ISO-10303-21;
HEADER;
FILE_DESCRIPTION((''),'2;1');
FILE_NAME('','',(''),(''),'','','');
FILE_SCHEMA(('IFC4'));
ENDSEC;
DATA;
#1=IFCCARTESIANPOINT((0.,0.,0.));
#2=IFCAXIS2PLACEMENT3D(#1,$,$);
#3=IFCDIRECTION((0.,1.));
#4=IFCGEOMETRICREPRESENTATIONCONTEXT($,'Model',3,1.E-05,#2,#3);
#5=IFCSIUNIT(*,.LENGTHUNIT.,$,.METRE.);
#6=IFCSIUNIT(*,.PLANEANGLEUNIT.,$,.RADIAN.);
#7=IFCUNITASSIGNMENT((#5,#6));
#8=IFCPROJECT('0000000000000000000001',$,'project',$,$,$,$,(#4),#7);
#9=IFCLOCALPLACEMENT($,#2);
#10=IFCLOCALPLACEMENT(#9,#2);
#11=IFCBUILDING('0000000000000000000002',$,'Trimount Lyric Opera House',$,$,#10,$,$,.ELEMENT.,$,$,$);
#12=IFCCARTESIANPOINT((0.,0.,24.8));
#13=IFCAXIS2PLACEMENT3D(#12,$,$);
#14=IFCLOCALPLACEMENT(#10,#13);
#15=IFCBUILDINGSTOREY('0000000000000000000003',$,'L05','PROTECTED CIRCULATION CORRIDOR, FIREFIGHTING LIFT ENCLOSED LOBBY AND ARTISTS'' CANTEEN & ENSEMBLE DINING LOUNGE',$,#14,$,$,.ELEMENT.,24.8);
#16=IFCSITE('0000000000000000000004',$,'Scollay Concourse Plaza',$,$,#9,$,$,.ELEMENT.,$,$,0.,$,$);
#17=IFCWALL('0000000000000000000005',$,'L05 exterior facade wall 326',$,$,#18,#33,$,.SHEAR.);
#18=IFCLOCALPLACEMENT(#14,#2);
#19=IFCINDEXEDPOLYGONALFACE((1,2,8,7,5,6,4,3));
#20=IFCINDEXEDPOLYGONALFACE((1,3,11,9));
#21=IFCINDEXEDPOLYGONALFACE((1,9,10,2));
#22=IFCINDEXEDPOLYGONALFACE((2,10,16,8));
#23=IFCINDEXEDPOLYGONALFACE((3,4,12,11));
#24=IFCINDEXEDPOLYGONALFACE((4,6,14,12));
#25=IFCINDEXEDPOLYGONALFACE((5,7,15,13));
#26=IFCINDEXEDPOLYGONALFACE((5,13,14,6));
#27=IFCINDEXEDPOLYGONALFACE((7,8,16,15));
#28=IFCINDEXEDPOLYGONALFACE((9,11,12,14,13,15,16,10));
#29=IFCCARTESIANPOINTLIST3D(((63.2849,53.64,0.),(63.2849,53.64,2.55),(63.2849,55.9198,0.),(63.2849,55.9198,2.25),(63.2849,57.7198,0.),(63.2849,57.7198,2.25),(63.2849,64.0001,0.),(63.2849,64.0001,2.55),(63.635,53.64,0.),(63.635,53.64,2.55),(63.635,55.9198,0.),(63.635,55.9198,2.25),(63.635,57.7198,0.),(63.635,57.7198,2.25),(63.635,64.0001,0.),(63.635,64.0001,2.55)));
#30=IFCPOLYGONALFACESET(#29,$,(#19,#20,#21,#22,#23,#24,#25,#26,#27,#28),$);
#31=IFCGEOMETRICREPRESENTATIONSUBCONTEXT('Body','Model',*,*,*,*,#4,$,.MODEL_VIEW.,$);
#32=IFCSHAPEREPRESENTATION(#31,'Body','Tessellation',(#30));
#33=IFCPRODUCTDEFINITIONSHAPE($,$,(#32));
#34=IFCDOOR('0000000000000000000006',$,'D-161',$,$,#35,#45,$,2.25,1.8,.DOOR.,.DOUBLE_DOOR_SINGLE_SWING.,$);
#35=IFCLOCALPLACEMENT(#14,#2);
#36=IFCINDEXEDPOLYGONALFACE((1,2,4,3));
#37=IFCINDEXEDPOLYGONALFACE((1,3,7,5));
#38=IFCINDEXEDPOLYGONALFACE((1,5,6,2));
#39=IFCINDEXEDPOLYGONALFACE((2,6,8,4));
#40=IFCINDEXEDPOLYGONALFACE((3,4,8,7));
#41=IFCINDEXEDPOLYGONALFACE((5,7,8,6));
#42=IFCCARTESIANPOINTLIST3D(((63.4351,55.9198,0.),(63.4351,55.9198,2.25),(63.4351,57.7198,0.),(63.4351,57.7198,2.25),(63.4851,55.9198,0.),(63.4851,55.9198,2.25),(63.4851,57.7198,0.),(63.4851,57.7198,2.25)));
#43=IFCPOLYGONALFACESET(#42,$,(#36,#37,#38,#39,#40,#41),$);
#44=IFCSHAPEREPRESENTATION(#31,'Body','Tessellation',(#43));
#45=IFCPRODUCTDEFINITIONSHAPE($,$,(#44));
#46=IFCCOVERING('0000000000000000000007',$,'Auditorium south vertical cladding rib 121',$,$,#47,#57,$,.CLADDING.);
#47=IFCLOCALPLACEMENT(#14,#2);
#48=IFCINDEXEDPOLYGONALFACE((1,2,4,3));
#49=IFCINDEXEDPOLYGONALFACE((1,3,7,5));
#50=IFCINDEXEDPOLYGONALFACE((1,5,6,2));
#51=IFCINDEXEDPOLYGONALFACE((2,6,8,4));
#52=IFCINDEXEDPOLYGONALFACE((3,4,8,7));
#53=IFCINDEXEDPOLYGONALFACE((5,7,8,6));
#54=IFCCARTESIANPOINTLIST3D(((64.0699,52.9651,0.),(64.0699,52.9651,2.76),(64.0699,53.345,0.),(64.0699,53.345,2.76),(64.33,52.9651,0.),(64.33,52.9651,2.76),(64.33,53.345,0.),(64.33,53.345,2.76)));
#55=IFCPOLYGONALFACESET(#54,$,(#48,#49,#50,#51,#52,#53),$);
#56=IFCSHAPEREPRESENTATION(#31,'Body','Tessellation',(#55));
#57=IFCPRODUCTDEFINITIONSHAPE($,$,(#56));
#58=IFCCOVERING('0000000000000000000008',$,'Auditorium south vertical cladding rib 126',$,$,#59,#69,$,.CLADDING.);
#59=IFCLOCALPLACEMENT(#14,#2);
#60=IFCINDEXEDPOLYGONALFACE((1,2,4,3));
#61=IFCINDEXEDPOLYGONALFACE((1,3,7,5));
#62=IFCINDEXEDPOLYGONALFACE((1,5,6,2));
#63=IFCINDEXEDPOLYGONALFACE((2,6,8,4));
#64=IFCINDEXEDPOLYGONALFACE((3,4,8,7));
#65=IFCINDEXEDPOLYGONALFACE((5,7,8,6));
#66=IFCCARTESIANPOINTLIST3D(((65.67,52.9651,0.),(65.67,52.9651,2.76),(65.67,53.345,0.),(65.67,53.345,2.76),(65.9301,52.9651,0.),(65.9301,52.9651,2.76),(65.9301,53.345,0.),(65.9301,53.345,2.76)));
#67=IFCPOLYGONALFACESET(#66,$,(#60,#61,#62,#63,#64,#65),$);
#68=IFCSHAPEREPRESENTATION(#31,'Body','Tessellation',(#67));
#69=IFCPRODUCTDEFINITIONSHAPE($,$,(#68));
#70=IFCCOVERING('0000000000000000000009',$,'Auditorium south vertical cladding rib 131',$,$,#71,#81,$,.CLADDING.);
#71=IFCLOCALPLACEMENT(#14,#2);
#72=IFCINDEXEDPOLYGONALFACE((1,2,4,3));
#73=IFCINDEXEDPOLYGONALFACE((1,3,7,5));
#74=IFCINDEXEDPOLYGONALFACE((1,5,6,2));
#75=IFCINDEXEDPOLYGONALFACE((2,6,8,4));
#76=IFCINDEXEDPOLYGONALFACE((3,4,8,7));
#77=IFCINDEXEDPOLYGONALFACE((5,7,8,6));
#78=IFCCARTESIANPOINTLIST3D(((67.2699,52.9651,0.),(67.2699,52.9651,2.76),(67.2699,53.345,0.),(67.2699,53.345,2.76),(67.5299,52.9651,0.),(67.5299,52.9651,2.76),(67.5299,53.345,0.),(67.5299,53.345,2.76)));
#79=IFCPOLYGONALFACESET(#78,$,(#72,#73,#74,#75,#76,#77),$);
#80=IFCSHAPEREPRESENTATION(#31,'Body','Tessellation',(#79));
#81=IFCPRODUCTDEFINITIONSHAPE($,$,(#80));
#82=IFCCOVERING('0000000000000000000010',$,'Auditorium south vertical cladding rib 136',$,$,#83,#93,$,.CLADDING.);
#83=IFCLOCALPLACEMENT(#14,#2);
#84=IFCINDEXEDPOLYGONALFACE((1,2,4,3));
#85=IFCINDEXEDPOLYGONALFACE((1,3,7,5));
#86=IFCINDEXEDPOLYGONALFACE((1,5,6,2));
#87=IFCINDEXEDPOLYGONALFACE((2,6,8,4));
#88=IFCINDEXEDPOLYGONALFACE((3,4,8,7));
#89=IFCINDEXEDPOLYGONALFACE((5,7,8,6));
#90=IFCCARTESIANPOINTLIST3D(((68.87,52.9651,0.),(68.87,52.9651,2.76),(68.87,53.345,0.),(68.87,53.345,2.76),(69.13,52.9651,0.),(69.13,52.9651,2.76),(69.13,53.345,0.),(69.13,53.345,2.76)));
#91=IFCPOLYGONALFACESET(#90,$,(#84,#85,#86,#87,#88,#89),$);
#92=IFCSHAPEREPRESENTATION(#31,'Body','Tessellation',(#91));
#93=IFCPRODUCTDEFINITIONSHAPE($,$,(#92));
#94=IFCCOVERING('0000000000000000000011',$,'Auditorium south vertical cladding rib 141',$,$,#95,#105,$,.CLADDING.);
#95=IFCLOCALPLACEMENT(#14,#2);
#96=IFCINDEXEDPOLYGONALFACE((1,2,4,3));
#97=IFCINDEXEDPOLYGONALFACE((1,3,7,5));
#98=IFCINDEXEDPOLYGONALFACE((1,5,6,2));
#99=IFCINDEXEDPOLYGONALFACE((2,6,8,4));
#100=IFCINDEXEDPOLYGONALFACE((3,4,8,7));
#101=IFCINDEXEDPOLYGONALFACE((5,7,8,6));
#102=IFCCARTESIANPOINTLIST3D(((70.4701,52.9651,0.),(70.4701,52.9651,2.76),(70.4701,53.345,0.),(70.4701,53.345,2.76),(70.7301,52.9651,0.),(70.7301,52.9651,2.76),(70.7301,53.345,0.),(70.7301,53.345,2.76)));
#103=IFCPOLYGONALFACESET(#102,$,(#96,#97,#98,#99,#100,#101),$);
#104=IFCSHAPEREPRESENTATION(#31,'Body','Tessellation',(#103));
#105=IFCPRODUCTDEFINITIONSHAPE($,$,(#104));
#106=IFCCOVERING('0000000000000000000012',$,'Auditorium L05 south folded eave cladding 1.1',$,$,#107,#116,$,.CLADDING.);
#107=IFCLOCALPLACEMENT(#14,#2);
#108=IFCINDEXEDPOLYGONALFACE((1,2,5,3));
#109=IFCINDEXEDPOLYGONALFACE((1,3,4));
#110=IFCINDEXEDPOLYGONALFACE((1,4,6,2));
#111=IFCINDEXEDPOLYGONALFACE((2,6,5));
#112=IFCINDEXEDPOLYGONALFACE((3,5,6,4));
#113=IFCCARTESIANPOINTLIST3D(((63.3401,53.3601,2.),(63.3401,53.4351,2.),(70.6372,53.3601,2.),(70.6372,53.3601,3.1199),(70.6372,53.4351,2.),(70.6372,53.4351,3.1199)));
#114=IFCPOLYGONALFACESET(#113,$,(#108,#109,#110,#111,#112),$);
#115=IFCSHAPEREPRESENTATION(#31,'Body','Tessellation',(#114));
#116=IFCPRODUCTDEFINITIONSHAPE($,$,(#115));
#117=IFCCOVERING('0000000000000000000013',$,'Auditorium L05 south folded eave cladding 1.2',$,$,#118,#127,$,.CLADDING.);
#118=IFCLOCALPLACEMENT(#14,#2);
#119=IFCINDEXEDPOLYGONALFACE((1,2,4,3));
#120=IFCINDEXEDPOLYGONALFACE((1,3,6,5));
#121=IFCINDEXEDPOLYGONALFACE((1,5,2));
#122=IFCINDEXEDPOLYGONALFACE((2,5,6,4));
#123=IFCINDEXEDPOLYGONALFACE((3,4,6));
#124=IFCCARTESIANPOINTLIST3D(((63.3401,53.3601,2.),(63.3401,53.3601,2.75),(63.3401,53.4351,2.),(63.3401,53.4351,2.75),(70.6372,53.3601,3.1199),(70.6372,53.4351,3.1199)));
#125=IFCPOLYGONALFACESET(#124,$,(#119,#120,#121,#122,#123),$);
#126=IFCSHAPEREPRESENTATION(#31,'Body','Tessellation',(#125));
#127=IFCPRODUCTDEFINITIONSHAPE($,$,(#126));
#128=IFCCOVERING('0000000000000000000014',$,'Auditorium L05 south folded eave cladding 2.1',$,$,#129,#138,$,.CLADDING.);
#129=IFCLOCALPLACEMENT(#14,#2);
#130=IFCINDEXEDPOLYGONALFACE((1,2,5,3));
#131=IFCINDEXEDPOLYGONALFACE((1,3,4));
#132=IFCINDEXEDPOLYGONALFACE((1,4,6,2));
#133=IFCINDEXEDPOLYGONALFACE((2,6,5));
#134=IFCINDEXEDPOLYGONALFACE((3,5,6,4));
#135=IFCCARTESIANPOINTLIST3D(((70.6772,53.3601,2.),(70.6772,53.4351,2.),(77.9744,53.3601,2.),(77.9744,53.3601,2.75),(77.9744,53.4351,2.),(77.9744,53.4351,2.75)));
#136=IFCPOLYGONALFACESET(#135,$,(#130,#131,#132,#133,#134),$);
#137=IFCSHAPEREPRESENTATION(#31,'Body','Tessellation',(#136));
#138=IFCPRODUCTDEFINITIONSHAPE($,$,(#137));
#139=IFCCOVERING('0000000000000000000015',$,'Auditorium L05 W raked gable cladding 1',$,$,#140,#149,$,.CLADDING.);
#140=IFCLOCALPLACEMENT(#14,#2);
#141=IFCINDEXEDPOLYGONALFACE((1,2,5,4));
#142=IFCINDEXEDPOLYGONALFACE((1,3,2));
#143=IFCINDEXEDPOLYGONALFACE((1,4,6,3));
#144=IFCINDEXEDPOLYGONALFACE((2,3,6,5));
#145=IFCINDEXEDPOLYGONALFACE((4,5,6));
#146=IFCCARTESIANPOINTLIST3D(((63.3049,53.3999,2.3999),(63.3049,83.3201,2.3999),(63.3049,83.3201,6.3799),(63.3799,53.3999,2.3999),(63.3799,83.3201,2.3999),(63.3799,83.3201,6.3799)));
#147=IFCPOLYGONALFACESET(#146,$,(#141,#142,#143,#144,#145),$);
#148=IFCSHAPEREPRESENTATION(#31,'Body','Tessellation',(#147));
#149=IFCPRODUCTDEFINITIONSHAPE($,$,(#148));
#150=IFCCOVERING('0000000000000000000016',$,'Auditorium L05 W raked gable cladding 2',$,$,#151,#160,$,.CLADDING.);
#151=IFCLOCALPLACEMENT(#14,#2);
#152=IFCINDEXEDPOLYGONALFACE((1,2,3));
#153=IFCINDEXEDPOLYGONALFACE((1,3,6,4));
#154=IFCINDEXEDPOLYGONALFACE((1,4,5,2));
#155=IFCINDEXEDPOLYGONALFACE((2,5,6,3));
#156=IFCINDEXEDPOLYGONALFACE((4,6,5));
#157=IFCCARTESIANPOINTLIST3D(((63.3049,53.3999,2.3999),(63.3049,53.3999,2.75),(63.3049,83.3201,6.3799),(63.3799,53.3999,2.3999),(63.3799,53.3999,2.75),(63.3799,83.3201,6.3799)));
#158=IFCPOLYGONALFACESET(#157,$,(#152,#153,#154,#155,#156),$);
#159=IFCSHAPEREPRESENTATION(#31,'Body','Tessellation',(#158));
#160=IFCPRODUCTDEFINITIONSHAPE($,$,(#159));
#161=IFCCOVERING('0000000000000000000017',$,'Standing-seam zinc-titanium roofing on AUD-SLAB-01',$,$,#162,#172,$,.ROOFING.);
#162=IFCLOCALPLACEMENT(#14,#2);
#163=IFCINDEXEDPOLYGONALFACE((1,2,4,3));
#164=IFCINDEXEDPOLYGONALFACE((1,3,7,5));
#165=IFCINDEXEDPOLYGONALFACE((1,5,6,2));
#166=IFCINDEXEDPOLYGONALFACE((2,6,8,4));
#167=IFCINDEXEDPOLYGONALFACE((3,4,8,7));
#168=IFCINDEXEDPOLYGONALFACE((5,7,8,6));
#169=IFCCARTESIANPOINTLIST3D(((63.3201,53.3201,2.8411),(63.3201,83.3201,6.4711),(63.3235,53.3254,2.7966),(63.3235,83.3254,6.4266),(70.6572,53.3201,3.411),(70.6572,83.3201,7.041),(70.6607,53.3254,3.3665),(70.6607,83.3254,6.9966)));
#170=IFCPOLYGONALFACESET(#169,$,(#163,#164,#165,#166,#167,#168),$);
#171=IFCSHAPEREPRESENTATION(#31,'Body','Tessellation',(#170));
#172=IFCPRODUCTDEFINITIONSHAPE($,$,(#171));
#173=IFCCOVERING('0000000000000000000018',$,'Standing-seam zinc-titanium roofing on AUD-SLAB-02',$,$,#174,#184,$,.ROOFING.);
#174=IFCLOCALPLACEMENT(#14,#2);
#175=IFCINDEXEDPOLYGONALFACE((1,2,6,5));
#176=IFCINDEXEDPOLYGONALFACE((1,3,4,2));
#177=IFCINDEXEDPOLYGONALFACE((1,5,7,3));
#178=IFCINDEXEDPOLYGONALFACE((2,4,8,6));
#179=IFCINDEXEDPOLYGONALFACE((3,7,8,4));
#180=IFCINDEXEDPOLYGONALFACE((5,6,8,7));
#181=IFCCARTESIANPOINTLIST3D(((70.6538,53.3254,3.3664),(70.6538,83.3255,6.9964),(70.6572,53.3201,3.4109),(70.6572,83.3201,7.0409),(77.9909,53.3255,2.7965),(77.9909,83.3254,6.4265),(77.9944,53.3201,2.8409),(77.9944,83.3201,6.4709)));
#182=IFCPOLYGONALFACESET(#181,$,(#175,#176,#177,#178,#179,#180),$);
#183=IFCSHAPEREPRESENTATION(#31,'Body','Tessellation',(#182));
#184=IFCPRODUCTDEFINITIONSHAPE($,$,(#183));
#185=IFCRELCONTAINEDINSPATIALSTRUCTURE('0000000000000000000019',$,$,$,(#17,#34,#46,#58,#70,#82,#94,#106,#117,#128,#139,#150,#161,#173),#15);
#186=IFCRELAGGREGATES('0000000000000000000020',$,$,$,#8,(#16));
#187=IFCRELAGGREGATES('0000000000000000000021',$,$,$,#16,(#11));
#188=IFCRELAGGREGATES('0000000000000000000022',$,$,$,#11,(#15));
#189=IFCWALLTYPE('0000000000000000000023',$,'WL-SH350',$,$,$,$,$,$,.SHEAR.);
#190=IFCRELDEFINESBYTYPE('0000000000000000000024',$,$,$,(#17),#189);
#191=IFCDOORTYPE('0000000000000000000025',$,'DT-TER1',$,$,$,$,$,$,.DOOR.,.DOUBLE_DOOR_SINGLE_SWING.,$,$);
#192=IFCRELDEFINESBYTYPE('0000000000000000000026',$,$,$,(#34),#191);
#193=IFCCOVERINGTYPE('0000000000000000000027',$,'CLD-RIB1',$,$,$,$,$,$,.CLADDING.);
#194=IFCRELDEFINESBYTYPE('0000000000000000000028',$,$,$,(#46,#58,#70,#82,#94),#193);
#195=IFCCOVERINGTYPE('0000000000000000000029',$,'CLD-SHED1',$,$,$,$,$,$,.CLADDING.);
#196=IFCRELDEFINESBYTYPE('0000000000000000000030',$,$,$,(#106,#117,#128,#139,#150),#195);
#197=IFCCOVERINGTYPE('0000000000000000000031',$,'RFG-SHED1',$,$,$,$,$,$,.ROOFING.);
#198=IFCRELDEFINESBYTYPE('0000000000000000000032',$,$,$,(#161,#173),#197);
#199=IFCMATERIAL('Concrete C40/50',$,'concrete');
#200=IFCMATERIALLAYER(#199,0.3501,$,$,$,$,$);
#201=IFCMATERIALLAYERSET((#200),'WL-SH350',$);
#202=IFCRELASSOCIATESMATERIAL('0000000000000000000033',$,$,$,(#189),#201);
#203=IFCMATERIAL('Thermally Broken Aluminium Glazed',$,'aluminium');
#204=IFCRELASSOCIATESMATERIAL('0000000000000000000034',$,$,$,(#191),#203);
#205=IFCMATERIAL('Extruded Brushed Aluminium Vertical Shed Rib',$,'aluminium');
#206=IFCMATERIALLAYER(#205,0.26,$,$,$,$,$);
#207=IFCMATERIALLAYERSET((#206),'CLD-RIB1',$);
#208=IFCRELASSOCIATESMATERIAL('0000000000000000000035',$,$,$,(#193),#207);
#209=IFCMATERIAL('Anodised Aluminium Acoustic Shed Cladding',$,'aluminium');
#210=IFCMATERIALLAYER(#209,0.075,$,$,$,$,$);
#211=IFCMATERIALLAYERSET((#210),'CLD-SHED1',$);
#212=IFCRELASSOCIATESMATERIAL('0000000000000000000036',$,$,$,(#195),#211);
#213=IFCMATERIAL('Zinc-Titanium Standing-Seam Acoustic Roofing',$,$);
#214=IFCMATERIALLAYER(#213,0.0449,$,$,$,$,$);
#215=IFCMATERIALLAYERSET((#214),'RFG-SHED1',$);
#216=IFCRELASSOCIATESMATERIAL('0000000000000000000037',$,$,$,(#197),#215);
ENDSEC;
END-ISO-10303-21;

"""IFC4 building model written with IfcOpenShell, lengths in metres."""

from ifc_helpers import new_model, si_unit, direction, frame, frame_2d, origin, origin_2d, place, context, subcontext, project, spatial, polyline, rectangle, outline, extrude, material, layer, layer_set, type_object, element, fill, save


model = new_model("IFC4")

# Units and contexts
model_context = context("Model", 3, precision=1e-05, world=origin(), true_north=direction((0.0, 1.0)))
body_context = subcontext(model_context, "Body", "Model", "MODEL_VIEW")
ifc_project = project(units=[si_unit("LENGTHUNIT", "METRE"), si_unit("PLANEANGLEUNIT", "RADIAN")], contexts=[model_context])

# Site, building, storey
site_placement = place(None, origin())
site = spatial("IfcSite", under=ifc_project, at=site_placement, Name="Scollay Concourse Plaza", CompositionType="ELEMENT", RefElevation=0.0)
building_placement = place(site_placement, origin())
building = spatial("IfcBuilding", under=site, at=building_placement, Name="Trimount Lyric Opera House", CompositionType="ELEMENT")
storey_placement = place(building_placement, frame((0.0, 0.0, 24.8)))
storey = spatial("IfcBuildingStorey", under=building, at=storey_placement, Name="L05", Description="PROTECTED CIRCULATION CORRIDOR, FIREFIGHTING LIFT ENCLOSED LOBBY AND ARTISTS' CANTEEN & ENSEMBLE DINING LOUNGE", CompositionType="ELEMENT", Elevation=24.8)

# Shared definitions
ifc_material_1 = material(Name="Concrete C40/50", Category="concrete")
ifc_layer_1 = layer(ifc_material_1, 0.3501)
ifc_layer_set_1 = layer_set([ifc_layer_1], Name="WL-SH350")
wall_type_1 = type_object("IfcWallType", Name="WL-SH350", PredefinedType="SHEAR", material=ifc_layer_set_1)

# Wall, opening, door
wall_1_placement = place(storey_placement, frame((63.46, 53.6399, 0.0), z_axis=(0.0, 0.0, 1.0), x_axis=(0.0, 1.0, 0.0)))
wall_1 = element("IfcWall", 1, at=wall_1_placement, inside=storey, type_object=wall_type_1, Name="L05 exterior facade wall 326", PredefinedType="SHEAR", context=body_context, shape_type="SweptSolid", body=[
    extrude(rectangle(XDim=10.3601, YDim=0.3501, at=frame_2d((5.1802, 0.0))), origin(), (0.0, 0.0, 1.0), 2.55),
])
opening_placement = place(wall_1_placement, frame((2.28, 0.0, 0.0)))
opening = element("IfcOpeningElement", 2, at=opening_placement, cuts=wall_1, PredefinedType="OPENING", context=body_context, shape_type="SweptSolid", body=[
    extrude(rectangle(XDim=1.8, YDim=2.25, at=frame_2d((0.8999, 1.125))), frame((0.0, 0.1851, 0.0), z_axis=(0.0, -1.0, 0.0), x_axis=(1.0, 0.0, 0.0)), (0.0, 0.0, 1.0), 0.3701),
])
ifc_material_2 = material(Name="Thermally Broken Aluminium Glazed", Category="aluminium")
door_type = type_object("IfcDoorType", Name="DT-TER1", OperationType="DOUBLE_DOOR_SINGLE_SWING", PredefinedType="DOOR", material=ifc_material_2)
door_placement = place(opening_placement, origin())
door = element("IfcDoor", 3, at=door_placement, inside=storey, type_object=door_type, Name="D-161", OperationType="DOUBLE_DOOR_SINGLE_SWING", OverallHeight=2.25, OverallWidth=1.8, PredefinedType="DOOR", context=body_context, shape_type="SweptSolid", body=[
    extrude(rectangle(XDim=1.8, YDim=2.25, at=frame_2d((0.8999, 1.125))), frame((0.0, 0.0249, 0.0), z_axis=(0.0, -1.0, 0.0), x_axis=(1.0, 0.0, 0.0)), (0.0, 0.0, 1.0), 0.05),
])
fill(opening, door)

# Coverings
ifc_material_3 = material(Name="Extruded Brushed Aluminium Vertical Shed Rib", Category="aluminium")
ifc_layer_2 = layer(ifc_material_3, 0.26)
ifc_layer_set_2 = layer_set([ifc_layer_2], Name="CLD-RIB1")
covering_type_1 = type_object("IfcCoveringType", Name="CLD-RIB1", PredefinedType="CLADDING", material=ifc_layer_set_2)
for number, where, z_axis, x_axis, name in (
    (4, (64.2, 53.155, 0.0), (0.0, 0.0, 1.0), (1.0, 0.0, 0.0), "Auditorium south vertical cladding rib 121"),
    (5, (65.8, 53.155, 0.0), (0.0, 0.0, 1.0), (1.0, 0.0, 0.0), "Auditorium south vertical cladding rib 126"),
    (6, (67.3999, 53.155, 0.0), (0.0, 0.0, 1.0), (1.0, 0.0, 0.0), "Auditorium south vertical cladding rib 131"),
    (7, (69.0, 53.155, 0.0), (0.0, 0.0, 1.0), (1.0, 0.0, 0.0), "Auditorium south vertical cladding rib 136"),
    (8, (70.6001, 53.155, 0.0), (0.0, 0.0, 1.0), (1.0, 0.0, 0.0), "Auditorium south vertical cladding rib 141"),
):
    element("IfcCovering", number, at=place(storey_placement, frame(where, z_axis=z_axis, x_axis=x_axis)), inside=storey, type_object=covering_type_1, Name=name, PredefinedType="CLADDING", context=body_context, shape_type="SweptSolid", body=[
        extrude(rectangle(XDim=0.26, YDim=0.3799, at=origin_2d()), origin(), (0.0, 0.0, 1.0), 2.76),
    ])
ifc_material_4 = material(Name="Anodised Aluminium Acoustic Shed Cladding", Category="aluminium")
ifc_layer_3 = layer(ifc_material_4, 0.075)
ifc_layer_set_3 = layer_set([ifc_layer_3], Name="CLD-SHED1")
covering_type_2 = type_object("IfcCoveringType", Name="CLD-SHED1", PredefinedType="CLADDING", material=ifc_layer_set_3)
covering_1_placement = place(storey_placement, frame((63.3401, 53.3601, 2.0), z_axis=(0.0, -1.0, 0.0), x_axis=(1.0, 0.0, 0.0)))
element("IfcCovering", 9, at=covering_1_placement, inside=storey, type_object=covering_type_2, Name="Auditorium L05 south folded eave cladding 1.1", PredefinedType="CLADDING", context=body_context, shape_type="SweptSolid", body=[
    extrude(outline(polyline([(0.0, 0.0), (7.2971, 0.0), (7.2971, 1.1199), (0.0, 0.0)])), origin(), (0.0, 0.0, -1.0), 0.075),
])
covering_2_placement = place(storey_placement, frame((63.3401, 53.3601, 2.0), z_axis=(0.0, -1.0, 0.0), x_axis=(0.988428, 0.0, 0.151692)))
element("IfcCovering", 10, at=covering_2_placement, inside=storey, type_object=covering_type_2, Name="Auditorium L05 south folded eave cladding 1.2", PredefinedType="CLADDING", context=body_context, shape_type="SweptSolid", body=[
    extrude(outline(polyline([(0.0, 0.0), (7.3826, 0.0), (0.1138, 0.7413), (0.0, 0.0)])), origin(), (0.0, 0.0, -1.0), 0.075),
])
covering_3_placement = place(storey_placement, frame((70.6772, 53.3601, 2.0), z_axis=(0.0, -1.0, 0.0), x_axis=(1.0, 0.0, 0.0)))
element("IfcCovering", 11, at=covering_3_placement, inside=storey, type_object=covering_type_2, Name="Auditorium L05 south folded eave cladding 2.1", PredefinedType="CLADDING", context=body_context, shape_type="SweptSolid", body=[
    extrude(outline(polyline([(0.0, 0.0), (7.2971, 0.0), (7.2971, 0.75), (0.0, 0.0)])), origin(), (0.0, 0.0, -1.0), 0.075),
])
covering_4_placement = place(storey_placement, frame((63.3799, 53.3999, 2.3999), z_axis=(1.0, 0.0, 0.0), x_axis=(0.0, 1.0, 0.0)))
element("IfcCovering", 12, at=covering_4_placement, inside=storey, type_object=covering_type_2, Name="Auditorium L05 W raked gable cladding 1", PredefinedType="CLADDING", context=body_context, shape_type="SweptSolid", body=[
    extrude(outline(polyline([(0.0, 0.0), (29.9202, 0.0), (29.9202, 3.98), (0.0, 0.0)])), origin(), (0.0, 0.0, -1.0), 0.075),
])
covering_5_placement = place(storey_placement, frame((63.3799, 53.3999, 2.3999), z_axis=(1.0, 0.0, 0.0), x_axis=(0.0, 0.991269, 0.131859)))
element("IfcCovering", 13, at=covering_5_placement, inside=storey, type_object=covering_type_2, Name="Auditorium L05 W raked gable cladding 2", PredefinedType="CLADDING", context=body_context, shape_type="SweptSolid", body=[
    extrude(outline(polyline([(0.0, 0.0), (30.1837, 0.0), (0.0462, 0.347), (0.0, 0.0)])), origin(), (0.0, 0.0, -1.0), 0.075),
])
ifc_material_5 = material(Name="Zinc-Titanium Standing-Seam Acoustic Roofing")
ifc_layer_4 = layer(ifc_material_5, 0.0449)
ifc_layer_set_4 = layer_set([ifc_layer_4], Name="RFG-SHED1")
covering_type_3 = type_object("IfcCoveringType", Name="RFG-SHED1", PredefinedType="ROOFING", material=ifc_layer_set_4)
covering_6_placement = place(storey_placement, frame((63.3201, 53.3201, 2.8411), z_axis=(-0.076889, -0.119768, 0.98982), x_axis=(0.996997, -0.000002, 0.077446)))
element("IfcCovering", 14, at=covering_6_placement, inside=storey, type_object=covering_type_3, Name="Standing-seam zinc-titanium roofing on AUD-SLAB-01", PredefinedType="ROOFING", context=body_context, shape_type="SweptSolid", body=[
    extrude(outline(polyline([(0.0, 0.0), (7.3593, 0.0), (7.6403, 30.2175), (0.2811, 30.2175), (0.0, 0.0)])), origin(), (0.0, 0.0, -1.0), 0.0449),
])
covering_7_placement = place(storey_placement, frame((70.6572, 53.3201, 3.4109), z_axis=(0.076889, -0.119768, 0.98982), x_axis=(0.996997, 0.000002, -0.077446)))
element("IfcCovering", 15, at=covering_7_placement, inside=storey, type_object=covering_type_3, Name="Standing-seam zinc-titanium roofing on AUD-SLAB-02", PredefinedType="ROOFING", context=body_context, shape_type="SweptSolid", body=[
    extrude(outline(polyline([(0.0, 0.0), (7.3593, 0.0), (7.0782, 30.2175), (-0.2811, 30.2175), (0.0, 0.0)])), origin(), (0.0, 0.0, -1.0), 0.0449),
])

save(model, "model.ifc")
